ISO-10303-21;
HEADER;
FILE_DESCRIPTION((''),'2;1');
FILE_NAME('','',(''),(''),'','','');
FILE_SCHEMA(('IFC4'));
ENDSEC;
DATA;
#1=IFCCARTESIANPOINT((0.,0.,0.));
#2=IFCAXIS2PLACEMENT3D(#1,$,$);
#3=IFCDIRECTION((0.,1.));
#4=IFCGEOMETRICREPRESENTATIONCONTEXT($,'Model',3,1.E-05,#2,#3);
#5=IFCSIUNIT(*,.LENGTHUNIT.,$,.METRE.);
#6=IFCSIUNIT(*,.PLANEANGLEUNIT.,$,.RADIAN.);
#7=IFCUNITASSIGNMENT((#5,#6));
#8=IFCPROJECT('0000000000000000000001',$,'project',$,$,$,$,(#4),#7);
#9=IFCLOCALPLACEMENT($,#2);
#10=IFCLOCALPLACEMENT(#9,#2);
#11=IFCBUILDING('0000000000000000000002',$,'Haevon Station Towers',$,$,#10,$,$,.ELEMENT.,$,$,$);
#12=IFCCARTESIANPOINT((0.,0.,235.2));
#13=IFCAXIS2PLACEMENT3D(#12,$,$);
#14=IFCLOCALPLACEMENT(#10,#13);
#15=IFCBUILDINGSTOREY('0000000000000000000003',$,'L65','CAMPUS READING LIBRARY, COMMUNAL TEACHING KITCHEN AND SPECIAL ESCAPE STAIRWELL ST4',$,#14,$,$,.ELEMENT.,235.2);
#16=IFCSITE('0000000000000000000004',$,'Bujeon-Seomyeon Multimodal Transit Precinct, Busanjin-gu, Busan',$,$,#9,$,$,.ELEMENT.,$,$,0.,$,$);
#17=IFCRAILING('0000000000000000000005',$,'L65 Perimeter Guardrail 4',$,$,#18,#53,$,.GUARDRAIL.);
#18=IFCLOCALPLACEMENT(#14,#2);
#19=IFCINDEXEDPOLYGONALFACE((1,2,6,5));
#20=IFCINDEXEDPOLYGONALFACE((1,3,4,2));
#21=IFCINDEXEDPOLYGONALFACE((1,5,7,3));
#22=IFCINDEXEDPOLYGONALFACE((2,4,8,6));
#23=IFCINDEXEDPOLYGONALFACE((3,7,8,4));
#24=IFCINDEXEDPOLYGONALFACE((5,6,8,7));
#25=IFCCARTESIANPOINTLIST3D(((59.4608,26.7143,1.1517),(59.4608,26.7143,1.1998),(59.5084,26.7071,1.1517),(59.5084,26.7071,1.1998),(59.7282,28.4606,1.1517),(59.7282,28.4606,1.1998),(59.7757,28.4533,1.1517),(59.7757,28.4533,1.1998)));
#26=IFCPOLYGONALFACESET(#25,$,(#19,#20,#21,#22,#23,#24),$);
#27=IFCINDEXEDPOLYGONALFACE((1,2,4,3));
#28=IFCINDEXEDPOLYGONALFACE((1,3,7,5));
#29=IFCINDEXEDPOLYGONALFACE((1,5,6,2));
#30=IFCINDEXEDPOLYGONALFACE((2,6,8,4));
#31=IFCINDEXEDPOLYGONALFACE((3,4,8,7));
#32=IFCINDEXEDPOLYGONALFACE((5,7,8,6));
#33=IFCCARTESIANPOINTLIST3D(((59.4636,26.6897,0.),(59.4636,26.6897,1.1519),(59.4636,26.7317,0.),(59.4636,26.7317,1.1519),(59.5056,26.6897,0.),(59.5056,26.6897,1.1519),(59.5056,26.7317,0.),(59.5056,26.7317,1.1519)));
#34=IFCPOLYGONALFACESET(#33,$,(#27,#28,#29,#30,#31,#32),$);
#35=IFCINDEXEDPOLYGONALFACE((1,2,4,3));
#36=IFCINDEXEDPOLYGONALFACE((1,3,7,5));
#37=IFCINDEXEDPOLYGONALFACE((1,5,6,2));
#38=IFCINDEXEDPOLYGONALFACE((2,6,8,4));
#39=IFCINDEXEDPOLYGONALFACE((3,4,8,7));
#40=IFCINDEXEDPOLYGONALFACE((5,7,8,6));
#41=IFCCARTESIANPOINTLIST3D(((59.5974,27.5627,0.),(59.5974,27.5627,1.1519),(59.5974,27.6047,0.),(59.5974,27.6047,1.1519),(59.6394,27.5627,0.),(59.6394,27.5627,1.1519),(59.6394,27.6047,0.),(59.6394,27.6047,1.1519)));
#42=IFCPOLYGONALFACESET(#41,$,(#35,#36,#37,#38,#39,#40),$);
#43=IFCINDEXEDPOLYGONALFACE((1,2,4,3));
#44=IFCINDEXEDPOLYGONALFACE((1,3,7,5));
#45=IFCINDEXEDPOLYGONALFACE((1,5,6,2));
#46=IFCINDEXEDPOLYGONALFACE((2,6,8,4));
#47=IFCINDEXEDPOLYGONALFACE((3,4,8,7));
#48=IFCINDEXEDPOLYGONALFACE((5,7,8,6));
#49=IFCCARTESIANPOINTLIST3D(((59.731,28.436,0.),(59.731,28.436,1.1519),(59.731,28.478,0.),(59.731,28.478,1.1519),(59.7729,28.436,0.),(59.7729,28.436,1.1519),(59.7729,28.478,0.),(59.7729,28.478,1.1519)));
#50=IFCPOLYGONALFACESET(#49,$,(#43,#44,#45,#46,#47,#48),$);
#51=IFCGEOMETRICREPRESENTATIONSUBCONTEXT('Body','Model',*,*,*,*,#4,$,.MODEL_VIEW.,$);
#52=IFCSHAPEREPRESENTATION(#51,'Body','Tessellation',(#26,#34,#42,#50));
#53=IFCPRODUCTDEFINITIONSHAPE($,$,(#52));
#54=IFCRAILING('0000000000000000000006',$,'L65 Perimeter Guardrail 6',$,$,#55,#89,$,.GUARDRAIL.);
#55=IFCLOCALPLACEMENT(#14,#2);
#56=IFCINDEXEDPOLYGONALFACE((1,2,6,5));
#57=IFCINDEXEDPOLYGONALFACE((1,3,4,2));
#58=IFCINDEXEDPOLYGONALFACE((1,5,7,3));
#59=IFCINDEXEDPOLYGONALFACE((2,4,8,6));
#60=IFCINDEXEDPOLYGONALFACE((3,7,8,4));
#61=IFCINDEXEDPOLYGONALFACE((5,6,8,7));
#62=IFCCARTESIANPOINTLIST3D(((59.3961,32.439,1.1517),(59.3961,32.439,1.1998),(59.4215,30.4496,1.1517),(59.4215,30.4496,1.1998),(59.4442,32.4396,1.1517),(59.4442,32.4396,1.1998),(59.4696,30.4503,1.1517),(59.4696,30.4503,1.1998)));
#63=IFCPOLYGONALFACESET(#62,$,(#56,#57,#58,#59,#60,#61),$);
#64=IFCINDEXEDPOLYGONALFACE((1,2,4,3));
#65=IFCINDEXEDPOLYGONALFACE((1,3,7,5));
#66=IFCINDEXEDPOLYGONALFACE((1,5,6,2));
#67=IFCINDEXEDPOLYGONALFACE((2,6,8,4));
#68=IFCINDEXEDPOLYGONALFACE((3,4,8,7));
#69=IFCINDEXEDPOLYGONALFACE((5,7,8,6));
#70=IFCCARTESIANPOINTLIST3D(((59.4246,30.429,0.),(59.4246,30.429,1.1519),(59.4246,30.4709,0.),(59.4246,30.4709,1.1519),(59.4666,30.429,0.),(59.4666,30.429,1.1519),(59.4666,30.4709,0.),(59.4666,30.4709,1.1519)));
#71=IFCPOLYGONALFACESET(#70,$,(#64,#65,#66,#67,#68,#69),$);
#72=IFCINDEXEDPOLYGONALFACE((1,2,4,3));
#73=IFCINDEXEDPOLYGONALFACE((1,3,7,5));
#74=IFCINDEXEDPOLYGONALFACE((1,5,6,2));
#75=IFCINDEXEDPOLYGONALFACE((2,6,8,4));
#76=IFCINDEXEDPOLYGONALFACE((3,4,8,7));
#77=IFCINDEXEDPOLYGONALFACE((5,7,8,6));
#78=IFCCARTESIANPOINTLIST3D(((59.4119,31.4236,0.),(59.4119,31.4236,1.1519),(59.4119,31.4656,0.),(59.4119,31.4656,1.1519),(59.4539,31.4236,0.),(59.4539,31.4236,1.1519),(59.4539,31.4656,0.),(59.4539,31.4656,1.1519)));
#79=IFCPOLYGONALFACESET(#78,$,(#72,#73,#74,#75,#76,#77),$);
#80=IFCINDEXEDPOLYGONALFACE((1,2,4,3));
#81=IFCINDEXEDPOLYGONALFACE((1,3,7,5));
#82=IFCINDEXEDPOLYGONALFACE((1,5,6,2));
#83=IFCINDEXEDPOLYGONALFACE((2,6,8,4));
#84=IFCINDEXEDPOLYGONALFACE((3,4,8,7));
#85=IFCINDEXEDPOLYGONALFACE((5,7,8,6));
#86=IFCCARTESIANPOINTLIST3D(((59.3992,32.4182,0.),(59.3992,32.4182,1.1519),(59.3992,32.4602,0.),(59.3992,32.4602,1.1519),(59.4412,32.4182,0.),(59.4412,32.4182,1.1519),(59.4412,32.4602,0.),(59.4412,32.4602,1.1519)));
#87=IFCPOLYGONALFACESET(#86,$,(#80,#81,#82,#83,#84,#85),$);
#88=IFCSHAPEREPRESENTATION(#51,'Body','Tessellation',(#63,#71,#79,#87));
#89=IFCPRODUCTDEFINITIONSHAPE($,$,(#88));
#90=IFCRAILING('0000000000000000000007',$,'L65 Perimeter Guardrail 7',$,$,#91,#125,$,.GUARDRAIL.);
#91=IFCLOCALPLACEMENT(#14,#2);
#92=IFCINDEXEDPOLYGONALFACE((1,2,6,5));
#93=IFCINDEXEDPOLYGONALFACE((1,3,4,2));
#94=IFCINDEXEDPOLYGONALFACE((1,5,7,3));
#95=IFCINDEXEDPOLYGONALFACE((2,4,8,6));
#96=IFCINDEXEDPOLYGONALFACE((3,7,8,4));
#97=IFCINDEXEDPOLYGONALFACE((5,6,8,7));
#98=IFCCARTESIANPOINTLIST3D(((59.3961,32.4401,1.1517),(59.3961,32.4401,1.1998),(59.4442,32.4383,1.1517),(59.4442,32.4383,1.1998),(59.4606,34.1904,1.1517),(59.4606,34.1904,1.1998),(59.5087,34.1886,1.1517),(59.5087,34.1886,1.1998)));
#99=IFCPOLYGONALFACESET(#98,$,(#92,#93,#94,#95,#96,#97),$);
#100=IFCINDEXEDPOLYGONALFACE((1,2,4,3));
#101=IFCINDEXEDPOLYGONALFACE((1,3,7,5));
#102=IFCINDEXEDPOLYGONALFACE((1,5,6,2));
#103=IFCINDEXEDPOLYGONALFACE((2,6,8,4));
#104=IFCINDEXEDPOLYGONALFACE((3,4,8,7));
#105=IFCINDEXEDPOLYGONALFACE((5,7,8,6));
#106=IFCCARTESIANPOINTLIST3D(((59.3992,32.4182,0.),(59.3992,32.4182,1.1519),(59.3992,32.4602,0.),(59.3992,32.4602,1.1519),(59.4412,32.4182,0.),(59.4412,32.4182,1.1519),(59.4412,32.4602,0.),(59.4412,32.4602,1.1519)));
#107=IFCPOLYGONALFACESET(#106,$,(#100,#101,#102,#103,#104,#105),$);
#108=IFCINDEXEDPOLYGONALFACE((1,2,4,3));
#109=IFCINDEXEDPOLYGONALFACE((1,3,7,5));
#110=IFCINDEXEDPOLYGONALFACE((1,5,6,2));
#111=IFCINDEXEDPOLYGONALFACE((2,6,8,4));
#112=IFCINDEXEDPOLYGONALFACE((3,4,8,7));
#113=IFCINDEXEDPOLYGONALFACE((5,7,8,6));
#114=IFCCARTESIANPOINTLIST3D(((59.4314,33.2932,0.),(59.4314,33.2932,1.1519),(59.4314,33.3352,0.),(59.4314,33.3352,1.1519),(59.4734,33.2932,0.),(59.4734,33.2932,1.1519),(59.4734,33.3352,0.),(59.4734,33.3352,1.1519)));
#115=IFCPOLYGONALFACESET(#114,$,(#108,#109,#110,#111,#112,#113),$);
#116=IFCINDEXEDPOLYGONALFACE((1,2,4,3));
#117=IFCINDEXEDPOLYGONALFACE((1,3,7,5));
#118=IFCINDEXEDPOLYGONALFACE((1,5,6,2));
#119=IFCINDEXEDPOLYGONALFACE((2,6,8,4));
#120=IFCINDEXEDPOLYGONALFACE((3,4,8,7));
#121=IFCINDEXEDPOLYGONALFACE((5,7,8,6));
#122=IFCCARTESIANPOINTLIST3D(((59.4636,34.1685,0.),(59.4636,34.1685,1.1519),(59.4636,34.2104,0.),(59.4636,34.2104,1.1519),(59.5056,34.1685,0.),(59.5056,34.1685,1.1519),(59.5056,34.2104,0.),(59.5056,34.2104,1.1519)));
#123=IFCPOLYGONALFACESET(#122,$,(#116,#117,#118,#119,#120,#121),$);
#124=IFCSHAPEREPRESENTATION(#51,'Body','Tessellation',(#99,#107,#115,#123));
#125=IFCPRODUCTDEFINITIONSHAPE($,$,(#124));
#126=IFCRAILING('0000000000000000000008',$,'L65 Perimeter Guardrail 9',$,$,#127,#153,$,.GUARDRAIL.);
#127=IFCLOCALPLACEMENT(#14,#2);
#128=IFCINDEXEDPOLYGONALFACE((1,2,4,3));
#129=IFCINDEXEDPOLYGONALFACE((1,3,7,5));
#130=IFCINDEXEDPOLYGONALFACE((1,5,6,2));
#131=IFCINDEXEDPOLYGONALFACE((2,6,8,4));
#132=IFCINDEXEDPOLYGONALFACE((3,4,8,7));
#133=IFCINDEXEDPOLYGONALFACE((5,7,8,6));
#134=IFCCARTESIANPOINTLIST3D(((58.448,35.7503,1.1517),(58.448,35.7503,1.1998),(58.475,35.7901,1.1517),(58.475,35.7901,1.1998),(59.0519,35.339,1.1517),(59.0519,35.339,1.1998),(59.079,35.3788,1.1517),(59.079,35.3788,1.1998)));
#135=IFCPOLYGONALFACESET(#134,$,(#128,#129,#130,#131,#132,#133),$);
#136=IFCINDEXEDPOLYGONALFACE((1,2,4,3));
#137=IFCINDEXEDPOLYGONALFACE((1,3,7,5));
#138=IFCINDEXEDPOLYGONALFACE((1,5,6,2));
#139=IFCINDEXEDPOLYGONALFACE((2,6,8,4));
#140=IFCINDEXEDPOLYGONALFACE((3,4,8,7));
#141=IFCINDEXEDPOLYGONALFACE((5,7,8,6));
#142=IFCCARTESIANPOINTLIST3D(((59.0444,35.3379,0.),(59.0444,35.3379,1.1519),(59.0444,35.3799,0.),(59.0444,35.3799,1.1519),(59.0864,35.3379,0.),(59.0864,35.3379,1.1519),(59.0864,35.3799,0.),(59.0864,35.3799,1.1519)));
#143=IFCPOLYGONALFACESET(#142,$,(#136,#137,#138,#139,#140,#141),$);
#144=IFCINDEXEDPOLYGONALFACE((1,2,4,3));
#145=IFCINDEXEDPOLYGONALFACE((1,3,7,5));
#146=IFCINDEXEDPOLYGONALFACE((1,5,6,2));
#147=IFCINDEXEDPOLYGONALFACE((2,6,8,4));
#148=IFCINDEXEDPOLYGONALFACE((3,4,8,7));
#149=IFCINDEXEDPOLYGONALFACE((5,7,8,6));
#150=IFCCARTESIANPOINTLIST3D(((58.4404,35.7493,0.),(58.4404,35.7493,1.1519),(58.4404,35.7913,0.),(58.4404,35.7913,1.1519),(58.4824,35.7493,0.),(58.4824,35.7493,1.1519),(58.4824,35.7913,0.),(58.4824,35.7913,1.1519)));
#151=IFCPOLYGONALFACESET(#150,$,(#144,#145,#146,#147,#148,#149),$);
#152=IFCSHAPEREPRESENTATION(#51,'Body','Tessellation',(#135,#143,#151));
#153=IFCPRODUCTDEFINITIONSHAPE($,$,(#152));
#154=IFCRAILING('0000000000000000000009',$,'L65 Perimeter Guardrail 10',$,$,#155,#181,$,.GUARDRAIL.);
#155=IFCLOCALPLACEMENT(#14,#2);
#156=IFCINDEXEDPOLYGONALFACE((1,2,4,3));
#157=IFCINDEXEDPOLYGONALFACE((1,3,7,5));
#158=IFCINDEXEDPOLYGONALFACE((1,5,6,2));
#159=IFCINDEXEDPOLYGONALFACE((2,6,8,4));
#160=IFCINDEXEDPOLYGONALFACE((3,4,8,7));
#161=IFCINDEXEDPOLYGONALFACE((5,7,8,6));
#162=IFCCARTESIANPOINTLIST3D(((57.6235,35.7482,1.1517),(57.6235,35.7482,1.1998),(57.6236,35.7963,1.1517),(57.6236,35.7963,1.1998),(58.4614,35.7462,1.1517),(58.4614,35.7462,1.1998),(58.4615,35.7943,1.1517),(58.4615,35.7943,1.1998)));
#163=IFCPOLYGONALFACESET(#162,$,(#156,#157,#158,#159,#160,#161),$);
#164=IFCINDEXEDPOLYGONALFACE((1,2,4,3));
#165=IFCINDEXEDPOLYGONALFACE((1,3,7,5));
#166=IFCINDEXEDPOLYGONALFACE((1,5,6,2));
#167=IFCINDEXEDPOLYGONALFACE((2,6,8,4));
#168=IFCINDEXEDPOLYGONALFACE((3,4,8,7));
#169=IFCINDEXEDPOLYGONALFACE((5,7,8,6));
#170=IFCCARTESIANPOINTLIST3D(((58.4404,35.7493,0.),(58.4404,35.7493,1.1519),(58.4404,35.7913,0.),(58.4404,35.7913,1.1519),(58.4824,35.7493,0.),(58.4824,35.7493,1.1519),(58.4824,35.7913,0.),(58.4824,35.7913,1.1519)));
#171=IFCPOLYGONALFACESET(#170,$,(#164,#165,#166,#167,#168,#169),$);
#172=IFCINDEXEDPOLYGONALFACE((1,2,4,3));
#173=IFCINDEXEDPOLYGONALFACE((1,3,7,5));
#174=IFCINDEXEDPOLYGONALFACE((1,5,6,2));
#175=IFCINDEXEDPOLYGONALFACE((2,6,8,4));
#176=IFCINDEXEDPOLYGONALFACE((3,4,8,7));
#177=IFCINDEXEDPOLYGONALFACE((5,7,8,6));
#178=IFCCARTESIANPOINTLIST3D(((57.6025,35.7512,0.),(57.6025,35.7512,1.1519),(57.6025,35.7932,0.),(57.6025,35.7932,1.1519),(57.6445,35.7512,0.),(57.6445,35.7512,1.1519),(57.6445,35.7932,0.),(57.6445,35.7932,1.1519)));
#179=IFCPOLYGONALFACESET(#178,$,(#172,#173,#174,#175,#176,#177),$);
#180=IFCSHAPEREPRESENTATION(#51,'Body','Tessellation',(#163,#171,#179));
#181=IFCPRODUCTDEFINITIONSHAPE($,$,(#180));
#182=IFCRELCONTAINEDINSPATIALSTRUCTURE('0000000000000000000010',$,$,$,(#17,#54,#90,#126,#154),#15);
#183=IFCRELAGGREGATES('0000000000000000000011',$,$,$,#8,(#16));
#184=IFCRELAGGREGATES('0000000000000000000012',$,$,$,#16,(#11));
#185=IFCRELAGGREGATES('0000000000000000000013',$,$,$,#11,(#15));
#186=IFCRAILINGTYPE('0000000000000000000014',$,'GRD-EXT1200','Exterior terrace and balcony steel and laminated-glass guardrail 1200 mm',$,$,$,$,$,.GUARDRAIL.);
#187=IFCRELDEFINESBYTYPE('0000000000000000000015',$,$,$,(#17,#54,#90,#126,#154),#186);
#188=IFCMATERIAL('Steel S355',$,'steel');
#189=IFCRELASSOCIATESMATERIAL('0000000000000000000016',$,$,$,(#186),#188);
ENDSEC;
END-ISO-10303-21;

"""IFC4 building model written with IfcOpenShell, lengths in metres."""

from ifc_helpers import new_model, si_unit, direction, frame, origin, origin_2d, place, context, subcontext, project, spatial, rectangle, extrude, material, type_object, element, save


model = new_model("IFC4")

# Units and contexts
model_context = context("Model", 3, precision=1e-05, world=origin(), true_north=direction((0.0, 1.0)))
body_context = subcontext(model_context, "Body", "Model", "MODEL_VIEW")
ifc_project = project(units=[si_unit("LENGTHUNIT", "METRE"), si_unit("PLANEANGLEUNIT", "RADIAN")], contexts=[model_context])

# Site, building, storey
site_placement = place(None, origin())
site = spatial("IfcSite", under=ifc_project, at=site_placement, Name="Bujeon-Seomyeon Multimodal Transit Precinct, Busanjin-gu, Busan", CompositionType="ELEMENT", RefElevation=0.0)
building_placement = place(site_placement, origin())
building = spatial("IfcBuilding", under=site, at=building_placement, Name="Haevon Station Towers", CompositionType="ELEMENT")
storey_placement = place(building_placement, frame((0.0, 0.0, 235.2)))
storey = spatial("IfcBuildingStorey", under=building, at=storey_placement, Name="L65", Description="CAMPUS READING LIBRARY, COMMUNAL TEACHING KITCHEN AND SPECIAL ESCAPE STAIRWELL ST4", CompositionType="ELEMENT", Elevation=235.2)

# Railings
ifc_material_1 = material(Name="Steel S355", Category="steel")
railing_type = type_object("IfcRailingType", Name="GRD-EXT1200", Description="Exterior terrace and balcony steel and laminated-glass guardrail 1200 mm", PredefinedType="GUARDRAIL", material=ifc_material_1)
railing_1_placement = place(storey_placement, frame((59.4846, 26.7107, 0.0)))
element("IfcRailing", 1, at=railing_1_placement, inside=storey, type_object=railing_type, Name="L65 Perimeter Guardrail 4", PredefinedType="GUARDRAIL", context=body_context, shape_type="SweptSolid", body=[
    extrude(rectangle(XDim=0.0481, YDim=0.0481, at=origin_2d()), frame((0.0, 0.0, 1.1758), z_axis=(0.15132, 0.988485, 0.0), x_axis=(-0.988485, 0.15132, 0.0)), (0.0, 0.0, 1.0), 1.7666),
    extrude(rectangle(XDim=0.042, YDim=0.042, at=origin_2d()), origin(), (0.0, 0.0, 1.0), 1.1519),
    extrude(rectangle(XDim=0.042, YDim=0.042, at=origin_2d()), frame((0.1338, 0.873, 0.0)), (0.0, 0.0, 1.0), 1.1519),
    extrude(rectangle(XDim=0.042, YDim=0.042, at=origin_2d()), frame((0.2673, 1.7463, 0.0)), (0.0, 0.0, 1.0), 1.1519),
])
railing_2_placement = place(storey_placement, frame((59.4456, 30.45, 0.0)))
element("IfcRailing", 2, at=railing_2_placement, inside=storey, type_object=railing_type, Name="L65 Perimeter Guardrail 6", PredefinedType="GUARDRAIL", context=body_context, shape_type="SweptSolid", body=[
    extrude(rectangle(XDim=0.0481, YDim=0.0481, at=origin_2d()), frame((0.0, 0.0, 1.1758), z_axis=(-0.012763, 0.999919, 0.0), x_axis=(-0.999919, -0.012763, 0.0)), (0.0, 0.0, 1.0), 1.9895),
    extrude(rectangle(XDim=0.042, YDim=0.042, at=origin_2d()), origin(), (0.0, 0.0, 1.0), 1.1519),
    extrude(rectangle(XDim=0.042, YDim=0.042, at=origin_2d()), frame((-0.0127, 0.9946, 0.0)), (0.0, 0.0, 1.0), 1.1519),
    extrude(rectangle(XDim=0.042, YDim=0.042, at=origin_2d()), frame((-0.0254, 1.9893, 0.0)), (0.0, 0.0, 1.0), 1.1519),
])
railing_3_placement = place(storey_placement, frame((59.4202, 32.4392, 0.0)))
element("IfcRailing", 3, at=railing_3_placement, inside=storey, type_object=railing_type, Name="L65 Perimeter Guardrail 7", PredefinedType="GUARDRAIL", context=body_context, shape_type="SweptSolid", body=[
    extrude(rectangle(XDim=0.0481, YDim=0.0481, at=origin_2d()), frame((0.0, 0.0, 1.1758), z_axis=(0.0368, 0.999323, 0.0), x_axis=(-0.999323, 0.0368, 0.0)), (0.0, 0.0, 1.0), 1.7515),
    extrude(rectangle(XDim=0.042, YDim=0.042, at=origin_2d()), origin(), (0.0, 0.0, 1.0), 1.1519),
    extrude(rectangle(XDim=0.042, YDim=0.042, at=origin_2d()), frame((0.0322, 0.875, 0.0)), (0.0, 0.0, 1.0), 1.1519),
    extrude(rectangle(XDim=0.042, YDim=0.042, at=origin_2d()), frame((0.0645, 1.7502, 0.0)), (0.0, 0.0, 1.0), 1.1519),
])
railing_4_placement = place(storey_placement, frame((59.0654, 35.3589, 0.0)))
element("IfcRailing", 4, at=railing_4_placement, inside=storey, type_object=railing_type, Name="L65 Perimeter Guardrail 9", PredefinedType="GUARDRAIL", context=body_context, shape_type="SweptSolid", body=[
    extrude(rectangle(XDim=0.0481, YDim=0.0481, at=origin_2d()), frame((0.0, 0.0, 1.1758), z_axis=(-0.82651, 0.562922, 0.0), x_axis=(-0.562922, -0.82651, 0.0)), (0.0, 0.0, 1.0), 0.7307),
    extrude(rectangle(XDim=0.042, YDim=0.042, at=origin_2d()), origin(), (0.0, 0.0, 1.0), 1.1519),
    extrude(rectangle(XDim=0.042, YDim=0.042, at=origin_2d()), frame((-0.604, 0.4114, 0.0)), (0.0, 0.0, 1.0), 1.1519),
])
railing_5_placement = place(storey_placement, frame((58.4614, 35.7703, 0.0)))
element("IfcRailing", 5, at=railing_5_placement, inside=storey, type_object=railing_type, Name="L65 Perimeter Guardrail 10", PredefinedType="GUARDRAIL", context=body_context, shape_type="SweptSolid", body=[
    extrude(rectangle(XDim=0.0481, YDim=0.0481, at=origin_2d()), frame((0.0, 0.0, 1.1758), z_axis=(-0.999997, 0.002331, 0.0), x_axis=(-0.002331, -0.999997, 0.0)), (0.0, 0.0, 1.0), 0.8379),
    extrude(rectangle(XDim=0.042, YDim=0.042, at=origin_2d()), origin(), (0.0, 0.0, 1.0), 1.1519),
    extrude(rectangle(XDim=0.042, YDim=0.042, at=origin_2d()), frame((-0.8379, 0.002, 0.0)), (0.0, 0.0, 1.0), 1.1519),
])

save(model, "model.ifc")
